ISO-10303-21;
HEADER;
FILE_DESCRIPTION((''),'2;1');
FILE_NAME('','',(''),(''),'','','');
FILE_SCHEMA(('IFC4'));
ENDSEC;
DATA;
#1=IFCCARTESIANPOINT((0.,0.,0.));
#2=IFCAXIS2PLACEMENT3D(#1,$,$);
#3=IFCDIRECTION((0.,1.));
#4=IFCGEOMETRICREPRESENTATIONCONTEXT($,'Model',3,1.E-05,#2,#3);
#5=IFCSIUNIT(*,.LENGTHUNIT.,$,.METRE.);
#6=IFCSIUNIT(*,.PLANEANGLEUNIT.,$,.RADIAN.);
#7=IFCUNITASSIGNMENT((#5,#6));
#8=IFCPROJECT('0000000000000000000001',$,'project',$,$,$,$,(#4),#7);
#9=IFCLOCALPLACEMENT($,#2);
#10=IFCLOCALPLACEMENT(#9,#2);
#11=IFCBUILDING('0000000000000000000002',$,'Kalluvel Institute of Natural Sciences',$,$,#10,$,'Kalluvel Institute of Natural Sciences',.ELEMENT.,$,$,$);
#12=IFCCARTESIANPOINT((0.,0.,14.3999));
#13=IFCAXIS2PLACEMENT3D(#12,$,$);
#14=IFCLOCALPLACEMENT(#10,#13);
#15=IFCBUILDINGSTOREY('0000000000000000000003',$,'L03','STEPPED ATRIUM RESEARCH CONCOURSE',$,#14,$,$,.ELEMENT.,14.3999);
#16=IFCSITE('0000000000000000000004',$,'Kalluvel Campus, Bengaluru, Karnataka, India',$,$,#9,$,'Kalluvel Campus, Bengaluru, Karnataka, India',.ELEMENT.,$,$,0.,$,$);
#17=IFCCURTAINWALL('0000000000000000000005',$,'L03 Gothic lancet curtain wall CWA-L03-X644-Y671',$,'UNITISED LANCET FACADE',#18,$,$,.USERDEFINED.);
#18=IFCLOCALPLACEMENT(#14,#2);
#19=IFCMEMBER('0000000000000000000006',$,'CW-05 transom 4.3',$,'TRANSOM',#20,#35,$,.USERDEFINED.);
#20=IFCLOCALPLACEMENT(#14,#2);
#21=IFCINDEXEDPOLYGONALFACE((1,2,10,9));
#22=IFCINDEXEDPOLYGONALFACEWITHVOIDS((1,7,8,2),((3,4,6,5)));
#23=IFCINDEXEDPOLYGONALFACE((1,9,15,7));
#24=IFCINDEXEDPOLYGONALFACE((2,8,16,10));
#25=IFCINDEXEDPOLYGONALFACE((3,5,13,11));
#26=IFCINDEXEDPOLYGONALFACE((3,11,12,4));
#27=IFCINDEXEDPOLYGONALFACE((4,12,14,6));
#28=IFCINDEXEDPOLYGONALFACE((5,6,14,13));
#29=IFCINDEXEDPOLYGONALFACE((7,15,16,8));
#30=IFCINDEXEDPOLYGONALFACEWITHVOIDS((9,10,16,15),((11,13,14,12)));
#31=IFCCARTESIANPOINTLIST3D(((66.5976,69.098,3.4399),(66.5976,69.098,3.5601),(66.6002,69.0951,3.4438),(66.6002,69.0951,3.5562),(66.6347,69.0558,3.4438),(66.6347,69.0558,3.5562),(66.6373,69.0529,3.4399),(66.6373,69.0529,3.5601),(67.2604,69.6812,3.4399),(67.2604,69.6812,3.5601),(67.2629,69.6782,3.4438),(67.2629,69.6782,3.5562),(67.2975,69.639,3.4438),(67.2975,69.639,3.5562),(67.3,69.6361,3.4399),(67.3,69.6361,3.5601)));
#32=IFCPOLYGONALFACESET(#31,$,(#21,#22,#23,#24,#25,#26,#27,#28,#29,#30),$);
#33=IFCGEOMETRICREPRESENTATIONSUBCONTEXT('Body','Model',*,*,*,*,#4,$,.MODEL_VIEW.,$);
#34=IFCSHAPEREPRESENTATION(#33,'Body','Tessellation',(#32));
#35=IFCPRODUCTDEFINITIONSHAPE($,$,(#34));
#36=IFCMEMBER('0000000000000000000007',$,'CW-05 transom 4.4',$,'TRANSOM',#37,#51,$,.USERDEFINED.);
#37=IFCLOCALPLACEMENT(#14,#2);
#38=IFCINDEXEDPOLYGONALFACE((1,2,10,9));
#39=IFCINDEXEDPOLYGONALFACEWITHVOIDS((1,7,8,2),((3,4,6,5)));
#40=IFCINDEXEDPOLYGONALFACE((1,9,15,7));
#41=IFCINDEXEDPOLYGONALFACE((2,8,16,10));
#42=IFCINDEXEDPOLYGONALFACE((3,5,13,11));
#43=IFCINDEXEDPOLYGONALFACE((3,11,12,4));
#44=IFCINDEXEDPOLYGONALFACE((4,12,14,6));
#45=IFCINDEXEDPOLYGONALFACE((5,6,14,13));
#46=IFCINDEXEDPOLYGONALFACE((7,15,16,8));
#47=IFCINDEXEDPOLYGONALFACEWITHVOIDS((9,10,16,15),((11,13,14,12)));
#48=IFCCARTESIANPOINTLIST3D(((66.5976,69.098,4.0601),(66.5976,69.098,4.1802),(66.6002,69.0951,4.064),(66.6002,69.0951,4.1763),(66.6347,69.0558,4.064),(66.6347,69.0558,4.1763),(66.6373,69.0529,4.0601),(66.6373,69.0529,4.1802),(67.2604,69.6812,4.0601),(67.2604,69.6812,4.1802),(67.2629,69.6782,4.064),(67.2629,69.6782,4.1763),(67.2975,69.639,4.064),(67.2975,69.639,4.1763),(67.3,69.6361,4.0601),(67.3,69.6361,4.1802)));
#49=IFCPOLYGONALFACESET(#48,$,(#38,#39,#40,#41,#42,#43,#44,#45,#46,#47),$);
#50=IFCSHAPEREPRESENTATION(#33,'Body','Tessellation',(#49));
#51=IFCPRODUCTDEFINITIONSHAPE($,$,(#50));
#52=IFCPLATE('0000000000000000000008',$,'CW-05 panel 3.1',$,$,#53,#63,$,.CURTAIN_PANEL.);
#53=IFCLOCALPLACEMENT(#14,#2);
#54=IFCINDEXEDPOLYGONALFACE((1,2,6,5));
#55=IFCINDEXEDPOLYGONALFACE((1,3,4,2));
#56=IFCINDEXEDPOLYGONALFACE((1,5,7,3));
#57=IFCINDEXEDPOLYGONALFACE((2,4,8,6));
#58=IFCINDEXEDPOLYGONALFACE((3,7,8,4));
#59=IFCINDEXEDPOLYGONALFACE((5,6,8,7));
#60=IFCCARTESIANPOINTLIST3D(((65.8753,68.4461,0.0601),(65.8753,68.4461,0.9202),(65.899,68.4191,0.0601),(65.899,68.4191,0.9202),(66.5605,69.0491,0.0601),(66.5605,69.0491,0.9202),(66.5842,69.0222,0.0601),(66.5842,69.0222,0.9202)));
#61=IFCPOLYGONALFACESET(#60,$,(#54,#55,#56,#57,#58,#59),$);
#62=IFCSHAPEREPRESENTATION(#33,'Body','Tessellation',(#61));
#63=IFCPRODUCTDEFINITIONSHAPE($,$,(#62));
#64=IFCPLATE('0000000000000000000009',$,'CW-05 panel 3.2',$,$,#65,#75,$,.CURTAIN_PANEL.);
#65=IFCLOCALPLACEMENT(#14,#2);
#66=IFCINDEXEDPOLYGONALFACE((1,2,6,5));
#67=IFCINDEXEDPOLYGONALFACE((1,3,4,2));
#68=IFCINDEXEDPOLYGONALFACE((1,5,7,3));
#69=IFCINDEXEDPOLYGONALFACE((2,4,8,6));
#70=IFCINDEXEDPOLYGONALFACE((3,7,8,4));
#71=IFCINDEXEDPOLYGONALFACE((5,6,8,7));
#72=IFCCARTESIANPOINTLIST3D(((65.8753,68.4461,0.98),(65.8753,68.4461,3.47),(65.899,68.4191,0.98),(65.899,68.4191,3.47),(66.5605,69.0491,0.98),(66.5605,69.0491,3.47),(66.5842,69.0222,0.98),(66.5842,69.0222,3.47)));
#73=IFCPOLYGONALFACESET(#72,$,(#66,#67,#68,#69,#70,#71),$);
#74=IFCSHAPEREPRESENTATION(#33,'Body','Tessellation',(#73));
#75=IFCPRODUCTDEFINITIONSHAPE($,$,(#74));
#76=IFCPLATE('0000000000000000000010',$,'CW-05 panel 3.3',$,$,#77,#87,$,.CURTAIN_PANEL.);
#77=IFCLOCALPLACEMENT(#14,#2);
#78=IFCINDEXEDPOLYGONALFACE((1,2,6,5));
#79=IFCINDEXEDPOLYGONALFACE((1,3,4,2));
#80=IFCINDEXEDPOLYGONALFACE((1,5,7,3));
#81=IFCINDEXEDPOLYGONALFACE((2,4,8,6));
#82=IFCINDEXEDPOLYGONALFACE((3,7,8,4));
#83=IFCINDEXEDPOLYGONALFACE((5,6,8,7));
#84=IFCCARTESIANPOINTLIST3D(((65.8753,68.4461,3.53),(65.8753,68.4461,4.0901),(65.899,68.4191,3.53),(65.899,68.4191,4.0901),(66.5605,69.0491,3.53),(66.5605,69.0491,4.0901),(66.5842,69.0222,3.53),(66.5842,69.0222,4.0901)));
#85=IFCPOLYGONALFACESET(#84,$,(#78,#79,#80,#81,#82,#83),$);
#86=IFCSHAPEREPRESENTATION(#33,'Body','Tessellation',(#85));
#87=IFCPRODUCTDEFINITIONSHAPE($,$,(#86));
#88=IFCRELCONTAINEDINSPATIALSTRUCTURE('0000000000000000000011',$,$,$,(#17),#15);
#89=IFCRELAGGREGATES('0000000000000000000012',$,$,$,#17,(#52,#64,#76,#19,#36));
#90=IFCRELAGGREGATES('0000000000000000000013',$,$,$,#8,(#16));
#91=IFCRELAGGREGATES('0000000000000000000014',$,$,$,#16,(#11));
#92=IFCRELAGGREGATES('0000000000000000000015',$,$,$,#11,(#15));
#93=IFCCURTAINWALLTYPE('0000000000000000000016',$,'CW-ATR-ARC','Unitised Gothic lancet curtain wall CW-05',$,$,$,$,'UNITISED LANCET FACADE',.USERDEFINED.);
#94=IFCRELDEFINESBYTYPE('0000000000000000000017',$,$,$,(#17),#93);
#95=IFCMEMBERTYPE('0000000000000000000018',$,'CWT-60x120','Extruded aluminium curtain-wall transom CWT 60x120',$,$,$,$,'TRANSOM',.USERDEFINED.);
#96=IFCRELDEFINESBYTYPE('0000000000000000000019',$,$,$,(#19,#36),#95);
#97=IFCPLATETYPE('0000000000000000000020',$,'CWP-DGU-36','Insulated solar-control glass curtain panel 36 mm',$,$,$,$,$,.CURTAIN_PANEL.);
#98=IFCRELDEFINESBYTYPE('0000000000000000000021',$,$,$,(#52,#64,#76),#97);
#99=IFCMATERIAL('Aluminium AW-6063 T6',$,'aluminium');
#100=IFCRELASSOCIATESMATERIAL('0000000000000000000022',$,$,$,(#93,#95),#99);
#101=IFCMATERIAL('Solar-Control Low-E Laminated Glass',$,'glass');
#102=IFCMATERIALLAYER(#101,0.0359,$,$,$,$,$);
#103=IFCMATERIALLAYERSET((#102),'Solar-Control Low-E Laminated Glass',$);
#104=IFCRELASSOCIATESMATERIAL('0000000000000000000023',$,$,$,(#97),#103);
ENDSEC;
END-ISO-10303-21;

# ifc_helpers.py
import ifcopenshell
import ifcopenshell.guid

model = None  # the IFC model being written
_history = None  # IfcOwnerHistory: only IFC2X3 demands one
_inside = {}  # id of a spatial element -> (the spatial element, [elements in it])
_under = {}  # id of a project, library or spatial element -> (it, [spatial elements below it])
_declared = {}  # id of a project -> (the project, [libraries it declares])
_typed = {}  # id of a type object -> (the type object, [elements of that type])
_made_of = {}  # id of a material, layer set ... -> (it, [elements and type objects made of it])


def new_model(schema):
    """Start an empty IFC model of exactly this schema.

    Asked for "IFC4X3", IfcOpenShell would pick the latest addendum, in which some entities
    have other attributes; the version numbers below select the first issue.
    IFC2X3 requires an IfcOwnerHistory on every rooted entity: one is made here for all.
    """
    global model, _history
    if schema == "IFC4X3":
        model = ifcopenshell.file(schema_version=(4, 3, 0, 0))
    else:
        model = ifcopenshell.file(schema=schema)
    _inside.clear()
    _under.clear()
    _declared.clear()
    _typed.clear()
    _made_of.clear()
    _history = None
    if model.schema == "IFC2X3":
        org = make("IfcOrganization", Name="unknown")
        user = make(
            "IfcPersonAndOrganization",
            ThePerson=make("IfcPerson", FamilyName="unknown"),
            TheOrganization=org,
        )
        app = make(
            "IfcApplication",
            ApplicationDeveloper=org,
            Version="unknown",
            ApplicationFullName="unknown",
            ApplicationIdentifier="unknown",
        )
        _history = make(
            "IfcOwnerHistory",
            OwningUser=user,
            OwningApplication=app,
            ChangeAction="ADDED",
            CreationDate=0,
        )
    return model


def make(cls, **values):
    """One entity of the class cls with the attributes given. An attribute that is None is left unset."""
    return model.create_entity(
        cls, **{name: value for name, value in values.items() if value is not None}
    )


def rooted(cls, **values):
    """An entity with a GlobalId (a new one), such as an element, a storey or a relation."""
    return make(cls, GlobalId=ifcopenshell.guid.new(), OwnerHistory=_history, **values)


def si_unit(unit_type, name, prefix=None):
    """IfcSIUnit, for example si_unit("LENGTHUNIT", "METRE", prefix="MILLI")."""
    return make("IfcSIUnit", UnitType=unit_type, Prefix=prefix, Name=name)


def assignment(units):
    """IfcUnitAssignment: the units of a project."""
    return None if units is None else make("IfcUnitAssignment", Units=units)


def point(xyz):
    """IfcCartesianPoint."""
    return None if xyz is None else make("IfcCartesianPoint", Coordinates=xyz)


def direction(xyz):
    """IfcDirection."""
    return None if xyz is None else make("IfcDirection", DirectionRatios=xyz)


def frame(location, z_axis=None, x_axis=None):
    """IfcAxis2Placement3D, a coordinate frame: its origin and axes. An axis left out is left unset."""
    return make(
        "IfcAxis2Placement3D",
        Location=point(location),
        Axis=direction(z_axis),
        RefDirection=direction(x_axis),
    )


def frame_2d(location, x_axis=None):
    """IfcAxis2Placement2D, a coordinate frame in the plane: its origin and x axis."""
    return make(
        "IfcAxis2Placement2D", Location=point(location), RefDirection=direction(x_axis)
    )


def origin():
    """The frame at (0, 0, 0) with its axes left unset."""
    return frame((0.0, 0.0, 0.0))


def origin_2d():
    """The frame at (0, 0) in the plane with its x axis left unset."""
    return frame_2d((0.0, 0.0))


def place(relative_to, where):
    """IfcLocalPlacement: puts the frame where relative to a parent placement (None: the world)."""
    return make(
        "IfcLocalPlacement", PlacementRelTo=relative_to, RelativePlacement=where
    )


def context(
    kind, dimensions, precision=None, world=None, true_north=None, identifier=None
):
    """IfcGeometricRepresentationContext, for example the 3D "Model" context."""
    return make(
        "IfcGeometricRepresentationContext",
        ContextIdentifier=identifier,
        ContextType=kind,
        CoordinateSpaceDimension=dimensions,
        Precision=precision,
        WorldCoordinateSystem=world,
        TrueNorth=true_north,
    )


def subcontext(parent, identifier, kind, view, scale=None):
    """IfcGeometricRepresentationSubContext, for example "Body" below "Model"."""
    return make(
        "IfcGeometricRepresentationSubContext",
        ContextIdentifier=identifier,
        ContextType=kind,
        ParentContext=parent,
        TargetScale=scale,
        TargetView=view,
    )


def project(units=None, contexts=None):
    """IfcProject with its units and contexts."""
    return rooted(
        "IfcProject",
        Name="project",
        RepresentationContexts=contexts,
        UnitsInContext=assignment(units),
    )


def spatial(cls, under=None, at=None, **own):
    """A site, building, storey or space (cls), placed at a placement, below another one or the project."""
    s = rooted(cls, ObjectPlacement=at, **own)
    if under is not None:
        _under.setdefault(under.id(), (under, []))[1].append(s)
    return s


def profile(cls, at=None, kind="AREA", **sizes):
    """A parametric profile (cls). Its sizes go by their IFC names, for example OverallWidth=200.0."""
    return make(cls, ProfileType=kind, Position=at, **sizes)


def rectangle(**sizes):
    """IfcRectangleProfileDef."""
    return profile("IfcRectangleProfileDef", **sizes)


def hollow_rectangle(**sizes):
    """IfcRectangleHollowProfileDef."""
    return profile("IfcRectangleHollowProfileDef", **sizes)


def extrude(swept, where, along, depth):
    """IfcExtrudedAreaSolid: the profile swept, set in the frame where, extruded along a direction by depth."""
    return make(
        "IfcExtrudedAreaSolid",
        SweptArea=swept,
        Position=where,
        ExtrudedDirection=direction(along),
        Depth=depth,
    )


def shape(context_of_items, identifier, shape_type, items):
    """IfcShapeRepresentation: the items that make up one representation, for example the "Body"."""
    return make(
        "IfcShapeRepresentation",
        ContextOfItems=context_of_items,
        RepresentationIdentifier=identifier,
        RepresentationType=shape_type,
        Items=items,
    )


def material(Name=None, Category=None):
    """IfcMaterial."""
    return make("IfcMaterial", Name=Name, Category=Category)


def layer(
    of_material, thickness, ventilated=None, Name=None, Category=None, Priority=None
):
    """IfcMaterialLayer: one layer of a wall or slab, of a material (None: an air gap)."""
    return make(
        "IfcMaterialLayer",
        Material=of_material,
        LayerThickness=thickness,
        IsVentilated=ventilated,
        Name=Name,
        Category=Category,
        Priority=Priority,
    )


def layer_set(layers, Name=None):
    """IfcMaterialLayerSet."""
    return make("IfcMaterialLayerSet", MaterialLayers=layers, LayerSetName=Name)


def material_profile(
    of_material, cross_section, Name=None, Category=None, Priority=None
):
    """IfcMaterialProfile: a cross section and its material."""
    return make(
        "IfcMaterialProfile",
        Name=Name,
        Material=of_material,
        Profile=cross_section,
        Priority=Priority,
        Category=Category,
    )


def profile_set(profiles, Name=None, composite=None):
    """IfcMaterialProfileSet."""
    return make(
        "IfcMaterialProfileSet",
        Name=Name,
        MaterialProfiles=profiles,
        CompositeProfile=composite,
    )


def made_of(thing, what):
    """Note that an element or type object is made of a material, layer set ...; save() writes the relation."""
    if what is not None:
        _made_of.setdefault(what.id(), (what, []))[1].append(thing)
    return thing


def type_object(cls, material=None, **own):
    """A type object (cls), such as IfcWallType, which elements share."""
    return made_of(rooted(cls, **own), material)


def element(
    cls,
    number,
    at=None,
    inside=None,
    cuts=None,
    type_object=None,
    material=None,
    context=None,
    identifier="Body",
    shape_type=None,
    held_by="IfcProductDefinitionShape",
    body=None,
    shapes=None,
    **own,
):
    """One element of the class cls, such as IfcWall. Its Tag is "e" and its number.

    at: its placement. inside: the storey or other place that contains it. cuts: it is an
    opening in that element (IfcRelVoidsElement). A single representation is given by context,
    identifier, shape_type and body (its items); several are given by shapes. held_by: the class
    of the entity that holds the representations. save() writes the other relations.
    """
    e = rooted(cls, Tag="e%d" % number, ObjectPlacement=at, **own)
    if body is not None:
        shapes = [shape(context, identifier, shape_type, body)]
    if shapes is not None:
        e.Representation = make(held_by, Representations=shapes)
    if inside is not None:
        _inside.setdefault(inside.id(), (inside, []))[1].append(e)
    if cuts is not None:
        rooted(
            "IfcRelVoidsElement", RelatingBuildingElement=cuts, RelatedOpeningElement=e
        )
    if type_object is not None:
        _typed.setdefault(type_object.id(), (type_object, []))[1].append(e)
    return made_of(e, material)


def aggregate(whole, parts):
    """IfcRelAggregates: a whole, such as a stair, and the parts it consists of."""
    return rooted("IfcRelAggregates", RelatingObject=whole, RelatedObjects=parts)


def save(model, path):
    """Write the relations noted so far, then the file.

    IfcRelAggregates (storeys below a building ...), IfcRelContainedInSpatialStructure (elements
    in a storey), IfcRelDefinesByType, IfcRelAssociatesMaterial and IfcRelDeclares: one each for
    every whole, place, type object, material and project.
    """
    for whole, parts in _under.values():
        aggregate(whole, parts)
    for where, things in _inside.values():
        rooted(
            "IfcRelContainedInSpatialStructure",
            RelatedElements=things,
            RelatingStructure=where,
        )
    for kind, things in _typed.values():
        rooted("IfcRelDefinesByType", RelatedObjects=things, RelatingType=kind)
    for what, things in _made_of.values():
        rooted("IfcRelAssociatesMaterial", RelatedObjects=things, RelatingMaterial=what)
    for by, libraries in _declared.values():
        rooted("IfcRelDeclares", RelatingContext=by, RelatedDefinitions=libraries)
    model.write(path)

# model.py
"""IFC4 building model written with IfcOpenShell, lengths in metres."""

from ifc_helpers import new_model, si_unit, direction, frame, origin, origin_2d, place, context, subcontext, project, spatial, rectangle, hollow_rectangle, extrude, material, layer, layer_set, material_profile, profile_set, type_object, element, aggregate, save


model = new_model("IFC4")

# Units and contexts
model_context = context("Model", 3, precision=1e-05, world=origin(), true_north=direction((0.0, 1.0)))
body_context = subcontext(model_context, "Body", "Model", "MODEL_VIEW")
ifc_project = project(units=[si_unit("LENGTHUNIT", "METRE"), si_unit("PLANEANGLEUNIT", "RADIAN")], contexts=[model_context])

# Site, building, storey
site_placement = place(None, origin())
site = spatial("IfcSite", under=ifc_project, at=site_placement, Name="Kalluvel Campus, Bengaluru, Karnataka, India", LongName="Kalluvel Campus, Bengaluru, Karnataka, India", CompositionType="ELEMENT", RefElevation=0.0)
building_placement = place(site_placement, origin())
building = spatial("IfcBuilding", under=site, at=building_placement, Name="Kalluvel Institute of Natural Sciences", LongName="Kalluvel Institute of Natural Sciences", CompositionType="ELEMENT")
storey_placement = place(building_placement, frame((0.0, 0.0, 14.3999)))
storey = spatial("IfcBuildingStorey", under=building, at=storey_placement, Name="L03", Description="STEPPED ATRIUM RESEARCH CONCOURSE", CompositionType="ELEMENT", Elevation=14.3999)

# Curtain wall, members, plates
ifc_material_1 = material(Name="Aluminium AW-6063 T6", Category="aluminium")
curtain_wall_type = type_object("IfcCurtainWallType", Name="CW-ATR-ARC", Description="Unitised Gothic lancet curtain wall CW-05", ElementType="UNITISED LANCET FACADE", PredefinedType="USERDEFINED", material=ifc_material_1)
curtain_wall_placement = place(storey_placement, origin())
curtain_wall = element("IfcCurtainWall", 1, at=curtain_wall_placement, inside=storey, type_object=curtain_wall_type, Name="L03 Gothic lancet curtain wall CWA-L03-X644-Y671", ObjectType="UNITISED LANCET FACADE", PredefinedType="USERDEFINED")
ifc_material_profile_1 = material_profile(ifc_material_1, hollow_rectangle(XDim=0.0601, YDim=0.1201, WallThickness=0.0039, at=origin_2d()), Name="CWT 60x120")
ifc_profile_set_1 = profile_set([ifc_material_profile_1], Name="Aluminium AW-6063 T6")
member_type_1 = type_object("IfcMemberType", Name="CWT-60x120", Description="Extruded aluminium curtain-wall transom CWT 60x120", ElementType="TRANSOM", PredefinedType="USERDEFINED", material=ifc_profile_set_1)
member_1_placement = place(storey_placement, frame((66.6174, 69.0754, 3.5), z_axis=(0.750741, 0.660597, 0.0), x_axis=(-0.660597, 0.750741, 0.0)))
member_1 = element("IfcMember", 2, at=member_1_placement, type_object=member_type_1, Name="CW-05 transom 4.3", ObjectType="TRANSOM", PredefinedType="USERDEFINED", context=body_context, shape_type="SweptSolid", body=[
    extrude(hollow_rectangle(XDim=0.0601, YDim=0.1201, WallThickness=0.0039, at=origin_2d()), origin(), (0.0, 0.0, 1.0), 0.8828),
])
member_2_placement = place(storey_placement, frame((66.6174, 69.0754, 4.1201), z_axis=(0.750741, 0.660597, 0.0), x_axis=(-0.660597, 0.750741, 0.0)))
member_2 = element("IfcMember", 3, at=member_2_placement, type_object=member_type_1, Name="CW-05 transom 4.4", ObjectType="TRANSOM", PredefinedType="USERDEFINED", context=body_context, shape_type="SweptSolid", body=[
    extrude(hollow_rectangle(XDim=0.0601, YDim=0.1201, WallThickness=0.0039, at=origin_2d()), origin(), (0.0, 0.0, 1.0), 0.8828),
])
ifc_material_2 = material(Name="Solar-Control Low-E Laminated Glass", Category="glass")
ifc_layer = layer(ifc_material_2, 0.0359)
ifc_layer_set = layer_set([ifc_layer], Name="Solar-Control Low-E Laminated Glass")
plate_type = type_object("IfcPlateType", Name="CWP-DGU-36", Description="Insulated solar-control glass curtain panel 36 mm", PredefinedType="CURTAIN_PANEL", material=ifc_layer_set)
plate_1_placement = place(storey_placement, frame((66.2297, 68.7341, 0.0601), z_axis=(0.0, 0.0, 1.0), x_axis=(0.750678, 0.660668, 0.0)))
plate_1 = element("IfcPlate", 4, at=plate_1_placement, type_object=plate_type, Name="CW-05 panel 3.1", PredefinedType="CURTAIN_PANEL", context=body_context, shape_type="SweptSolid", body=[
    extrude(rectangle(XDim=0.9128, YDim=0.0359, at=origin_2d()), origin(), (0.0, 0.0, 1.0), 0.8601),
])
plate_2_placement = place(storey_placement, frame((66.2297, 68.7341, 0.98), z_axis=(0.0, 0.0, 1.0), x_axis=(0.750678, 0.660668, 0.0)))
plate_2 = element("IfcPlate", 5, at=plate_2_placement, type_object=plate_type, Name="CW-05 panel 3.2", PredefinedType="CURTAIN_PANEL", context=body_context, shape_type="SweptSolid", body=[
    extrude(rectangle(XDim=0.9128, YDim=0.0359, at=origin_2d()), origin(), (0.0, 0.0, 1.0), 2.49),
])
plate_3_placement = place(storey_placement, frame((66.2297, 68.7341, 3.53), z_axis=(0.0, 0.0, 1.0), x_axis=(0.750678, 0.660668, 0.0)))
plate_3 = element("IfcPlate", 6, at=plate_3_placement, type_object=plate_type, Name="CW-05 panel 3.3", PredefinedType="CURTAIN_PANEL", context=body_context, shape_type="SweptSolid", body=[
    extrude(rectangle(XDim=0.9128, YDim=0.0359, at=origin_2d()), origin(), (0.0, 0.0, 1.0), 0.5601),
])
aggregate(curtain_wall, [plate_1, plate_2, plate_3, member_1, member_2])

save(model, "model.ifc")
